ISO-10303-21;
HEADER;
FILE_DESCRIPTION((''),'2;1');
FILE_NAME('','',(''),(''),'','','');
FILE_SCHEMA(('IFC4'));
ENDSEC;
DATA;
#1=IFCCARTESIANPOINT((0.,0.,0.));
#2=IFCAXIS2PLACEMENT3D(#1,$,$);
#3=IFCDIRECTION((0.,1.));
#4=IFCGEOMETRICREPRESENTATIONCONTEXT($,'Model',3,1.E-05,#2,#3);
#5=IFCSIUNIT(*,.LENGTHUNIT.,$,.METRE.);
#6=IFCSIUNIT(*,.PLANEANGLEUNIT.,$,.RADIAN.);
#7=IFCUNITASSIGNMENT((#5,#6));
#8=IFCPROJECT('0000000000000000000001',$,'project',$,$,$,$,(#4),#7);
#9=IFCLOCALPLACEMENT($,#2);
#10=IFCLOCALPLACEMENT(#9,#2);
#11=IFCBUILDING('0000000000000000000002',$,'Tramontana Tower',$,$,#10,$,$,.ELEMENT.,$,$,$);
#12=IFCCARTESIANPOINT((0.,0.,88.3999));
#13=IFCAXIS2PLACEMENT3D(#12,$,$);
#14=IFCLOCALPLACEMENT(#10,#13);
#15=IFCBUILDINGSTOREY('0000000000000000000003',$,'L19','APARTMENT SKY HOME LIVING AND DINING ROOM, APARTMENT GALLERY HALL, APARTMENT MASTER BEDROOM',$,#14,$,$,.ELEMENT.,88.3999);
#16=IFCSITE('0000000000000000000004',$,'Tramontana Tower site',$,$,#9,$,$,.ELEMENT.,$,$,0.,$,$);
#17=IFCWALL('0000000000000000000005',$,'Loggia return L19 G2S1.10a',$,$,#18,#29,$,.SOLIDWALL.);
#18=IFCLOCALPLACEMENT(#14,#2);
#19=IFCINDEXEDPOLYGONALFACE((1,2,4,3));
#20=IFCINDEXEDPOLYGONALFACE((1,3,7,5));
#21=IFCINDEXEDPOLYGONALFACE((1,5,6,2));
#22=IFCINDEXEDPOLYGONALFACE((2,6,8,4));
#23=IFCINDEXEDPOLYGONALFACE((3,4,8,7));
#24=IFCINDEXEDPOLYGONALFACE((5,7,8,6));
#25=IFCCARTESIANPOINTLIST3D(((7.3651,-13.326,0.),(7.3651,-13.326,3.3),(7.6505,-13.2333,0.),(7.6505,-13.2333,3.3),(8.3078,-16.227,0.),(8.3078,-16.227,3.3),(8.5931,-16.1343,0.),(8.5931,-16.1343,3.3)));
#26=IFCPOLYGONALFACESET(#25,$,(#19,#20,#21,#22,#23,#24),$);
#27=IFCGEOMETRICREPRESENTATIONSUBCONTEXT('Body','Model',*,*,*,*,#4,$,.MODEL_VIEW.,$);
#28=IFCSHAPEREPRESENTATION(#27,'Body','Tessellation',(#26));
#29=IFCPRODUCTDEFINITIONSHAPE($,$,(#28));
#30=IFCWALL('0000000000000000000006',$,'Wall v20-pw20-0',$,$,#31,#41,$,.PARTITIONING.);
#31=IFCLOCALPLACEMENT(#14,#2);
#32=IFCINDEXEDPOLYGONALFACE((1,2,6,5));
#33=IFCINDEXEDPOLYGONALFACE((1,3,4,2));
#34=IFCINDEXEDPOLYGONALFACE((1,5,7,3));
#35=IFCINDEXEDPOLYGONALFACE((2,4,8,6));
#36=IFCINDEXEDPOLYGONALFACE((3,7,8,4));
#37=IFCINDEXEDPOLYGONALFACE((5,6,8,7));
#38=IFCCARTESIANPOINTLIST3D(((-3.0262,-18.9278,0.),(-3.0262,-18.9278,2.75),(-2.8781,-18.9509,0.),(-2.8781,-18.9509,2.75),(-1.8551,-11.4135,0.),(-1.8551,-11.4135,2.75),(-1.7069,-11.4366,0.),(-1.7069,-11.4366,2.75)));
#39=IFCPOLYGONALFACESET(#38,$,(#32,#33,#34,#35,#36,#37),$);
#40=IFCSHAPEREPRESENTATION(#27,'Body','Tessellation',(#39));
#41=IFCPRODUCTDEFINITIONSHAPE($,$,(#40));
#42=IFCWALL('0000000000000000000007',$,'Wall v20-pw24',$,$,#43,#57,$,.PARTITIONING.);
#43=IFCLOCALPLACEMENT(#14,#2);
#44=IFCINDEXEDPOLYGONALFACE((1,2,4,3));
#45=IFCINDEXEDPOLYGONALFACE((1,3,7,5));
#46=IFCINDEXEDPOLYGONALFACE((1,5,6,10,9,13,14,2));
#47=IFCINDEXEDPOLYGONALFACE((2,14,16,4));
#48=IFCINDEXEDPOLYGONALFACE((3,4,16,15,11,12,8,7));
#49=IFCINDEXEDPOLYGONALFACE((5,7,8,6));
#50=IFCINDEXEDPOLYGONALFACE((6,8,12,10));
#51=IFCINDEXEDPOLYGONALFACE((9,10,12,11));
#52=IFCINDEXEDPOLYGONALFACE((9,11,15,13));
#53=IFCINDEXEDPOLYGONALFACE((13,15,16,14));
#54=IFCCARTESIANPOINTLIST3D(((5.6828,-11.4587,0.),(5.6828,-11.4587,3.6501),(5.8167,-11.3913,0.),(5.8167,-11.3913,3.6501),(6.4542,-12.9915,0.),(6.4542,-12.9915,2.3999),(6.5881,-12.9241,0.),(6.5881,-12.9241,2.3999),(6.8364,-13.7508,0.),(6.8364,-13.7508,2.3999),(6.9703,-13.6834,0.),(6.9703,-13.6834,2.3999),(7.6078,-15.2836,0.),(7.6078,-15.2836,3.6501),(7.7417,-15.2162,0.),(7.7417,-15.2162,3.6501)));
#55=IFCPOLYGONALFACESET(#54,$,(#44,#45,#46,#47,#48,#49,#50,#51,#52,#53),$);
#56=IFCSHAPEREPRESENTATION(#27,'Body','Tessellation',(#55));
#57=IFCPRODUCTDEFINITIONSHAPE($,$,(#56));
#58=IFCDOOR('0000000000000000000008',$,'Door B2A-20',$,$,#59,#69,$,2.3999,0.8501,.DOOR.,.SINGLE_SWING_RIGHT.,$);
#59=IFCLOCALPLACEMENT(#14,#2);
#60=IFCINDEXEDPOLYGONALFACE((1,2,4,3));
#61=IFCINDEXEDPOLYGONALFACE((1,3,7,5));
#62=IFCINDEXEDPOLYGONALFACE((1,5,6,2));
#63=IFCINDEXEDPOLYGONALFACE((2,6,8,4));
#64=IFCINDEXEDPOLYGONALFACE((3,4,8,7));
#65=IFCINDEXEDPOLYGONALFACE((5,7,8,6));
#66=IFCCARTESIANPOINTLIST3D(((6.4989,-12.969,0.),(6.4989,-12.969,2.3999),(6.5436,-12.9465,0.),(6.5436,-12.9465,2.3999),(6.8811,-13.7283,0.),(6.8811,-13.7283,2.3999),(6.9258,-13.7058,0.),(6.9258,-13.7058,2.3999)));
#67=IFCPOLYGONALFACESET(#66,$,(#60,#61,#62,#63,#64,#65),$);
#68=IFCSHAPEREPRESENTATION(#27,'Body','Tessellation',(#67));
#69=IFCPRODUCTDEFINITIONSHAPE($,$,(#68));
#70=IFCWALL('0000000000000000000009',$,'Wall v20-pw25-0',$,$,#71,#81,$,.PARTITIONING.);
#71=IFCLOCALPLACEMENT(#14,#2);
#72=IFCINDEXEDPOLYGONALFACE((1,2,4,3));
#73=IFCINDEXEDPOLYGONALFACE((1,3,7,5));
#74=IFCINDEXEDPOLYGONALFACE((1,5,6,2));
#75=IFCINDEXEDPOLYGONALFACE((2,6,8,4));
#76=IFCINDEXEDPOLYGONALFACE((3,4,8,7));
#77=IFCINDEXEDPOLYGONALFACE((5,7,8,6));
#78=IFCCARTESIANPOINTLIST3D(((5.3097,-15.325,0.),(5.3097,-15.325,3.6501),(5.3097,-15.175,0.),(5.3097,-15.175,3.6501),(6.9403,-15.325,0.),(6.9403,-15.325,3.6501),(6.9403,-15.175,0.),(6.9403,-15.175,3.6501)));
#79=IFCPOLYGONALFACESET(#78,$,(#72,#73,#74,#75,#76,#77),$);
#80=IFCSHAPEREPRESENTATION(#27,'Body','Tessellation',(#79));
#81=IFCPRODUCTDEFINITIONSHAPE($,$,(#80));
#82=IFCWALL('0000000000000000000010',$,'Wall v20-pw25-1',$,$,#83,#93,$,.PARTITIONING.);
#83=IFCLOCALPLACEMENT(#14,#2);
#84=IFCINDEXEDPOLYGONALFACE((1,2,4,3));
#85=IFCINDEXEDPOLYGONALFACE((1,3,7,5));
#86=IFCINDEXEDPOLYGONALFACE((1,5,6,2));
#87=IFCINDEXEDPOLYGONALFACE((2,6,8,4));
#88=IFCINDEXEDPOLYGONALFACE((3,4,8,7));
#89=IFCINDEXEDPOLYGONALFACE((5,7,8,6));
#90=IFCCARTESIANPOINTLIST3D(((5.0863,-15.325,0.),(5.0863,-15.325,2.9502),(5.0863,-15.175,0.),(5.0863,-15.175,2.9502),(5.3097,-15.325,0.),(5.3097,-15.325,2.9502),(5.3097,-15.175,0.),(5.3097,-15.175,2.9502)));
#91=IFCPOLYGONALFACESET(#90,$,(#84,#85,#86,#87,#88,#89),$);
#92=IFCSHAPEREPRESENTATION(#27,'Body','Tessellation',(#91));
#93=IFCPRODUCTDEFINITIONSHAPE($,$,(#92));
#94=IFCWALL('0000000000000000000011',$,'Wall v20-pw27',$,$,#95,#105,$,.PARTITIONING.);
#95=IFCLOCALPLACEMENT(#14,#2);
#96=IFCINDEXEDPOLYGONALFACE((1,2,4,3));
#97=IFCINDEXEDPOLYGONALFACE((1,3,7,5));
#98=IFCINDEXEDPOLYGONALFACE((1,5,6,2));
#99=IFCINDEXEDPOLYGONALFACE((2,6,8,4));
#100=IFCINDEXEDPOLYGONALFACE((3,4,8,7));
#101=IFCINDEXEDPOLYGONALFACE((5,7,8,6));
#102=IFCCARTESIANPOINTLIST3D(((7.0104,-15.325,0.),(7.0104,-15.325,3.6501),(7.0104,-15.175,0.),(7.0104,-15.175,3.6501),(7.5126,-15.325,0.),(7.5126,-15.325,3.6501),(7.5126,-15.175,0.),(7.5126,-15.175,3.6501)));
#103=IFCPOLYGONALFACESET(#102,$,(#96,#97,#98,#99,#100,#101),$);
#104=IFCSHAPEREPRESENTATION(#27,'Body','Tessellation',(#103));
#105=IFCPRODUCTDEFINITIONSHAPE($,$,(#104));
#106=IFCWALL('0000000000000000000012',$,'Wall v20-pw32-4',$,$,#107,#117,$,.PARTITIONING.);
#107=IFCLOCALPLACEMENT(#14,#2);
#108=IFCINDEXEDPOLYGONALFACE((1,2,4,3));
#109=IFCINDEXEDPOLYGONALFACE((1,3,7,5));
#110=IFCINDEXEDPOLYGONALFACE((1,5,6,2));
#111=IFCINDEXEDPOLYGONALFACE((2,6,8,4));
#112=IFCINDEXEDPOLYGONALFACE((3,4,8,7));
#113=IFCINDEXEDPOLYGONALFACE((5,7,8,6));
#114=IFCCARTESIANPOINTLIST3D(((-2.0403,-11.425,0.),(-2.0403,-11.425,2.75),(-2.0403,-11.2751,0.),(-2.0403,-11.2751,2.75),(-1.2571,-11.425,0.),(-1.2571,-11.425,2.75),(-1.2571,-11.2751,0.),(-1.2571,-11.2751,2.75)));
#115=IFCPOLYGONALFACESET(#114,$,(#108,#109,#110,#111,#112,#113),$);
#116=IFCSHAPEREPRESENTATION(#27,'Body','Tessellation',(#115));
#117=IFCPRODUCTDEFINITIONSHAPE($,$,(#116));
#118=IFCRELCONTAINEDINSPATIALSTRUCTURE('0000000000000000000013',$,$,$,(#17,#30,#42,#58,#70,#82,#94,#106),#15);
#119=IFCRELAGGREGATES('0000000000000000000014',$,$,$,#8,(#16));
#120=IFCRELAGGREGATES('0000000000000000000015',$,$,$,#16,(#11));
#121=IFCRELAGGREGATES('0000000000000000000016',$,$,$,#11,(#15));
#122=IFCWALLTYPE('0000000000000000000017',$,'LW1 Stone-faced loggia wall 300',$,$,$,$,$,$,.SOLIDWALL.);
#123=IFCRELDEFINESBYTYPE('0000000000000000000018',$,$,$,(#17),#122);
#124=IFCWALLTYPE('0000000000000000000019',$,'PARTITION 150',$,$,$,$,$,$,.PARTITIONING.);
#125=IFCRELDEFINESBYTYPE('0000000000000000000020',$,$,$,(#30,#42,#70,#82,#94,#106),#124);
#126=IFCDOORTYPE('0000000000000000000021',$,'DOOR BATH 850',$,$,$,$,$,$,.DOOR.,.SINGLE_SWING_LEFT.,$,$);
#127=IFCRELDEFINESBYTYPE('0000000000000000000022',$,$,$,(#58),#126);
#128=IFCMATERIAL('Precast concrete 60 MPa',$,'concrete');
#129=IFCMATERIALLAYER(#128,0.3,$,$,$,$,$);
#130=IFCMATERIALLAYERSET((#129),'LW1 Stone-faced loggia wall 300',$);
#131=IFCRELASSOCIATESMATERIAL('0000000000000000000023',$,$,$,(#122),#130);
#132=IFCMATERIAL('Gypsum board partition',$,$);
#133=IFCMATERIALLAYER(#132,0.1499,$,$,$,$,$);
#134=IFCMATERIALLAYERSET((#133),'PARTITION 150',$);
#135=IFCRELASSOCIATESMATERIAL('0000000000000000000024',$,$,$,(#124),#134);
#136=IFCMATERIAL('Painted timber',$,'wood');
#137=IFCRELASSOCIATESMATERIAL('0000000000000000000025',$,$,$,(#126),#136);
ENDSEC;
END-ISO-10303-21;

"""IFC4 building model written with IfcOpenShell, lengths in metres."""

from ifc_helpers import new_model, si_unit, direction, frame, frame_2d, origin, place, context, subcontext, project, spatial, rectangle, extrude, material, layer, layer_set, type_object, element, fill, save


model = new_model("IFC4")

# Units and contexts
model_context = context("Model", 3, precision=1e-05, world=origin(), true_north=direction((0.0, 1.0)))
body_context = subcontext(model_context, "Body", "Model", "MODEL_VIEW")
ifc_project = project(units=[si_unit("LENGTHUNIT", "METRE"), si_unit("PLANEANGLEUNIT", "RADIAN")], contexts=[model_context])

# Site, building, storey
site_placement = place(None, origin())
site = spatial("IfcSite", under=ifc_project, at=site_placement, Name="Tramontana Tower site", CompositionType="ELEMENT", RefElevation=0.0)
building_placement = place(site_placement, origin())
building = spatial("IfcBuilding", under=site, at=building_placement, Name="Tramontana Tower", CompositionType="ELEMENT")
storey_placement = place(building_placement, frame((0.0, 0.0, 88.3999)))
storey = spatial("IfcBuildingStorey", under=building, at=storey_placement, Name="L19", Description="APARTMENT SKY HOME LIVING AND DINING ROOM, APARTMENT GALLERY HALL, APARTMENT MASTER BEDROOM", CompositionType="ELEMENT", Elevation=88.3999)

# Shared definitions
ifc_material_1 = material(Name="Precast concrete 60 MPa", Category="concrete")
ifc_layer_1 = layer(ifc_material_1, 0.3)
ifc_layer_set_1 = layer_set([ifc_layer_1], Name="LW1 Stone-faced loggia wall 300")
wall_type_1 = type_object("IfcWallType", Name="LW1 Stone-faced loggia wall 300", PredefinedType="SOLIDWALL", material=ifc_layer_set_1)

# Walls
wall_1_placement = place(storey_placement, frame((8.4504, -16.1807, 0.0), z_axis=(0.0, 0.0, 1.0), x_axis=(-0.309039, 0.951049, 0.0)))
element("IfcWall", 1, at=wall_1_placement, inside=storey, type_object=wall_type_1, Name="Loggia return L19 G2S1.10a", PredefinedType="SOLIDWALL", context=body_context, shape_type="SweptSolid", body=[
    extrude(rectangle(XDim=3.0503, YDim=0.3, at=frame_2d((1.5251, 0.0))), origin(), (0.0, 0.0, 1.0), 3.3),
])
ifc_material_2 = material(Name="Gypsum board partition")
ifc_layer_2 = layer(ifc_material_2, 0.1499)
ifc_layer_set_2 = layer_set([ifc_layer_2], Name="PARTITION 150")
wall_type_2 = type_object("IfcWallType", Name="PARTITION 150", PredefinedType="PARTITIONING", material=ifc_layer_set_2)
wall_2_placement = place(storey_placement, frame((-1.781, -11.425, 0.0), z_axis=(0.0, 0.0, 1.0), x_axis=(-0.153999, -0.988071, 0.0)))
element("IfcWall", 2, at=wall_2_placement, inside=storey, type_object=wall_type_2, Name="Wall v20-pw20-0", PredefinedType="PARTITIONING", context=body_context, shape_type="SweptSolid", body=[
    extrude(rectangle(XDim=7.605, YDim=0.1499, at=frame_2d((3.8025, 0.0))), origin(), (0.0, 0.0, 1.0), 2.75),
])

# Wall, opening, door
wall_3_placement = place(storey_placement, frame((7.6748, -15.25, 0.0), z_axis=(0.0, 0.0, 1.0), x_axis=(-0.449561, 0.89325, 0.0)))
wall_3 = element("IfcWall", 3, at=wall_3_placement, inside=storey, type_object=wall_type_2, Name="Wall v20-pw24", PredefinedType="PARTITIONING", context=body_context, shape_type="SweptSolid", body=[
    extrude(rectangle(XDim=4.282, YDim=0.1499, at=frame_2d((2.1411, 0.0))), origin(), (0.0, 0.0, 1.0), 3.6501),
])
opening_1_placement = place(wall_3_placement, frame((1.7161, 0.0, 0.0)))
opening_1 = element("IfcOpeningElement", 4, at=opening_1_placement, cuts=wall_3, PredefinedType="OPENING", context=body_context, shape_type="SweptSolid", body=[
    extrude(rectangle(XDim=0.8501, YDim=2.3999, at=frame_2d((0.425, 1.2))), frame((0.0, 0.085, 0.0), z_axis=(0.0, -1.0, 0.0), x_axis=(1.0, 0.0, 0.0)), (0.0, 0.0, 1.0), 0.1699),
])
ifc_material_3 = material(Name="Painted timber", Category="wood")
door_type_1 = type_object("IfcDoorType", Name="DOOR BATH 850", OperationType="SINGLE_SWING_LEFT", PredefinedType="DOOR", material=ifc_material_3)
door_1_placement = place(opening_1_placement, origin())
door_1 = element("IfcDoor", 5, at=door_1_placement, inside=storey, type_object=door_type_1, Name="Door B2A-20", OperationType="SINGLE_SWING_RIGHT", OverallHeight=2.3999, OverallWidth=0.8501, PredefinedType="DOOR", context=body_context, shape_type="SweptSolid", body=[
    extrude(rectangle(XDim=0.8501, YDim=2.3999, at=frame_2d((0.425, 1.2))), frame((0.0, 0.0249, 0.0), z_axis=(0.0, -1.0, 0.0), x_axis=(1.0, 0.0, 0.0)), (0.0, 0.0, 1.0), 0.05),
])
fill(opening_1, door_1)

# Walls
wall_4_placement = place(storey_placement, frame((6.9404, -15.25, 0.0), z_axis=(0.0, 0.0, 1.0), x_axis=(-1.0, 0.0, 0.0)))
element("IfcWall", 6, at=wall_4_placement, inside=storey, type_object=wall_type_2, Name="Wall v20-pw25-0", PredefinedType="PARTITIONING", context=body_context, shape_type="SweptSolid", body=[
    extrude(rectangle(XDim=1.6306, YDim=0.1499, at=frame_2d((0.8154, 0.0))), origin(), (0.0, 0.0, 1.0), 3.6501),
])
wall_5_placement = place(storey_placement, frame((5.3098, -15.25, 0.0), z_axis=(0.0, 0.0, 1.0), x_axis=(-1.0, 0.0, 0.0)))
element("IfcWall", 7, at=wall_5_placement, inside=storey, type_object=wall_type_2, Name="Wall v20-pw25-1", PredefinedType="PARTITIONING", context=body_context, shape_type="SweptSolid", body=[
    extrude(rectangle(XDim=0.2234, YDim=0.1499, at=frame_2d((0.1118, 0.0))), origin(), (0.0, 0.0, 1.0), 2.9502),
])
wall_6_placement = place(storey_placement, frame((7.5125, -15.25, 0.0), z_axis=(0.0, 0.0, 1.0), x_axis=(-1.0, 0.0, 0.0)))
element("IfcWall", 8, at=wall_6_placement, inside=storey, type_object=wall_type_2, Name="Wall v20-pw27", PredefinedType="PARTITIONING", context=body_context, shape_type="SweptSolid", body=[
    extrude(rectangle(XDim=0.5022, YDim=0.1499, at=frame_2d((0.251, 0.0))), origin(), (0.0, 0.0, 1.0), 3.6501),
])
wall_7_placement = place(storey_placement, frame((-1.2571, -11.3501, 0.0), z_axis=(0.0, 0.0, 1.0), x_axis=(-1.0, 0.0, 0.0)))
element("IfcWall", 9, at=wall_7_placement, inside=storey, type_object=wall_type_2, Name="Wall v20-pw32-4", PredefinedType="PARTITIONING", context=body_context, shape_type="SweptSolid", body=[
    extrude(rectangle(XDim=0.7832, YDim=0.1499, at=frame_2d((0.3916, 0.0))), origin(), (0.0, 0.0, 1.0), 2.75),
])

save(model, "model.ifc")
